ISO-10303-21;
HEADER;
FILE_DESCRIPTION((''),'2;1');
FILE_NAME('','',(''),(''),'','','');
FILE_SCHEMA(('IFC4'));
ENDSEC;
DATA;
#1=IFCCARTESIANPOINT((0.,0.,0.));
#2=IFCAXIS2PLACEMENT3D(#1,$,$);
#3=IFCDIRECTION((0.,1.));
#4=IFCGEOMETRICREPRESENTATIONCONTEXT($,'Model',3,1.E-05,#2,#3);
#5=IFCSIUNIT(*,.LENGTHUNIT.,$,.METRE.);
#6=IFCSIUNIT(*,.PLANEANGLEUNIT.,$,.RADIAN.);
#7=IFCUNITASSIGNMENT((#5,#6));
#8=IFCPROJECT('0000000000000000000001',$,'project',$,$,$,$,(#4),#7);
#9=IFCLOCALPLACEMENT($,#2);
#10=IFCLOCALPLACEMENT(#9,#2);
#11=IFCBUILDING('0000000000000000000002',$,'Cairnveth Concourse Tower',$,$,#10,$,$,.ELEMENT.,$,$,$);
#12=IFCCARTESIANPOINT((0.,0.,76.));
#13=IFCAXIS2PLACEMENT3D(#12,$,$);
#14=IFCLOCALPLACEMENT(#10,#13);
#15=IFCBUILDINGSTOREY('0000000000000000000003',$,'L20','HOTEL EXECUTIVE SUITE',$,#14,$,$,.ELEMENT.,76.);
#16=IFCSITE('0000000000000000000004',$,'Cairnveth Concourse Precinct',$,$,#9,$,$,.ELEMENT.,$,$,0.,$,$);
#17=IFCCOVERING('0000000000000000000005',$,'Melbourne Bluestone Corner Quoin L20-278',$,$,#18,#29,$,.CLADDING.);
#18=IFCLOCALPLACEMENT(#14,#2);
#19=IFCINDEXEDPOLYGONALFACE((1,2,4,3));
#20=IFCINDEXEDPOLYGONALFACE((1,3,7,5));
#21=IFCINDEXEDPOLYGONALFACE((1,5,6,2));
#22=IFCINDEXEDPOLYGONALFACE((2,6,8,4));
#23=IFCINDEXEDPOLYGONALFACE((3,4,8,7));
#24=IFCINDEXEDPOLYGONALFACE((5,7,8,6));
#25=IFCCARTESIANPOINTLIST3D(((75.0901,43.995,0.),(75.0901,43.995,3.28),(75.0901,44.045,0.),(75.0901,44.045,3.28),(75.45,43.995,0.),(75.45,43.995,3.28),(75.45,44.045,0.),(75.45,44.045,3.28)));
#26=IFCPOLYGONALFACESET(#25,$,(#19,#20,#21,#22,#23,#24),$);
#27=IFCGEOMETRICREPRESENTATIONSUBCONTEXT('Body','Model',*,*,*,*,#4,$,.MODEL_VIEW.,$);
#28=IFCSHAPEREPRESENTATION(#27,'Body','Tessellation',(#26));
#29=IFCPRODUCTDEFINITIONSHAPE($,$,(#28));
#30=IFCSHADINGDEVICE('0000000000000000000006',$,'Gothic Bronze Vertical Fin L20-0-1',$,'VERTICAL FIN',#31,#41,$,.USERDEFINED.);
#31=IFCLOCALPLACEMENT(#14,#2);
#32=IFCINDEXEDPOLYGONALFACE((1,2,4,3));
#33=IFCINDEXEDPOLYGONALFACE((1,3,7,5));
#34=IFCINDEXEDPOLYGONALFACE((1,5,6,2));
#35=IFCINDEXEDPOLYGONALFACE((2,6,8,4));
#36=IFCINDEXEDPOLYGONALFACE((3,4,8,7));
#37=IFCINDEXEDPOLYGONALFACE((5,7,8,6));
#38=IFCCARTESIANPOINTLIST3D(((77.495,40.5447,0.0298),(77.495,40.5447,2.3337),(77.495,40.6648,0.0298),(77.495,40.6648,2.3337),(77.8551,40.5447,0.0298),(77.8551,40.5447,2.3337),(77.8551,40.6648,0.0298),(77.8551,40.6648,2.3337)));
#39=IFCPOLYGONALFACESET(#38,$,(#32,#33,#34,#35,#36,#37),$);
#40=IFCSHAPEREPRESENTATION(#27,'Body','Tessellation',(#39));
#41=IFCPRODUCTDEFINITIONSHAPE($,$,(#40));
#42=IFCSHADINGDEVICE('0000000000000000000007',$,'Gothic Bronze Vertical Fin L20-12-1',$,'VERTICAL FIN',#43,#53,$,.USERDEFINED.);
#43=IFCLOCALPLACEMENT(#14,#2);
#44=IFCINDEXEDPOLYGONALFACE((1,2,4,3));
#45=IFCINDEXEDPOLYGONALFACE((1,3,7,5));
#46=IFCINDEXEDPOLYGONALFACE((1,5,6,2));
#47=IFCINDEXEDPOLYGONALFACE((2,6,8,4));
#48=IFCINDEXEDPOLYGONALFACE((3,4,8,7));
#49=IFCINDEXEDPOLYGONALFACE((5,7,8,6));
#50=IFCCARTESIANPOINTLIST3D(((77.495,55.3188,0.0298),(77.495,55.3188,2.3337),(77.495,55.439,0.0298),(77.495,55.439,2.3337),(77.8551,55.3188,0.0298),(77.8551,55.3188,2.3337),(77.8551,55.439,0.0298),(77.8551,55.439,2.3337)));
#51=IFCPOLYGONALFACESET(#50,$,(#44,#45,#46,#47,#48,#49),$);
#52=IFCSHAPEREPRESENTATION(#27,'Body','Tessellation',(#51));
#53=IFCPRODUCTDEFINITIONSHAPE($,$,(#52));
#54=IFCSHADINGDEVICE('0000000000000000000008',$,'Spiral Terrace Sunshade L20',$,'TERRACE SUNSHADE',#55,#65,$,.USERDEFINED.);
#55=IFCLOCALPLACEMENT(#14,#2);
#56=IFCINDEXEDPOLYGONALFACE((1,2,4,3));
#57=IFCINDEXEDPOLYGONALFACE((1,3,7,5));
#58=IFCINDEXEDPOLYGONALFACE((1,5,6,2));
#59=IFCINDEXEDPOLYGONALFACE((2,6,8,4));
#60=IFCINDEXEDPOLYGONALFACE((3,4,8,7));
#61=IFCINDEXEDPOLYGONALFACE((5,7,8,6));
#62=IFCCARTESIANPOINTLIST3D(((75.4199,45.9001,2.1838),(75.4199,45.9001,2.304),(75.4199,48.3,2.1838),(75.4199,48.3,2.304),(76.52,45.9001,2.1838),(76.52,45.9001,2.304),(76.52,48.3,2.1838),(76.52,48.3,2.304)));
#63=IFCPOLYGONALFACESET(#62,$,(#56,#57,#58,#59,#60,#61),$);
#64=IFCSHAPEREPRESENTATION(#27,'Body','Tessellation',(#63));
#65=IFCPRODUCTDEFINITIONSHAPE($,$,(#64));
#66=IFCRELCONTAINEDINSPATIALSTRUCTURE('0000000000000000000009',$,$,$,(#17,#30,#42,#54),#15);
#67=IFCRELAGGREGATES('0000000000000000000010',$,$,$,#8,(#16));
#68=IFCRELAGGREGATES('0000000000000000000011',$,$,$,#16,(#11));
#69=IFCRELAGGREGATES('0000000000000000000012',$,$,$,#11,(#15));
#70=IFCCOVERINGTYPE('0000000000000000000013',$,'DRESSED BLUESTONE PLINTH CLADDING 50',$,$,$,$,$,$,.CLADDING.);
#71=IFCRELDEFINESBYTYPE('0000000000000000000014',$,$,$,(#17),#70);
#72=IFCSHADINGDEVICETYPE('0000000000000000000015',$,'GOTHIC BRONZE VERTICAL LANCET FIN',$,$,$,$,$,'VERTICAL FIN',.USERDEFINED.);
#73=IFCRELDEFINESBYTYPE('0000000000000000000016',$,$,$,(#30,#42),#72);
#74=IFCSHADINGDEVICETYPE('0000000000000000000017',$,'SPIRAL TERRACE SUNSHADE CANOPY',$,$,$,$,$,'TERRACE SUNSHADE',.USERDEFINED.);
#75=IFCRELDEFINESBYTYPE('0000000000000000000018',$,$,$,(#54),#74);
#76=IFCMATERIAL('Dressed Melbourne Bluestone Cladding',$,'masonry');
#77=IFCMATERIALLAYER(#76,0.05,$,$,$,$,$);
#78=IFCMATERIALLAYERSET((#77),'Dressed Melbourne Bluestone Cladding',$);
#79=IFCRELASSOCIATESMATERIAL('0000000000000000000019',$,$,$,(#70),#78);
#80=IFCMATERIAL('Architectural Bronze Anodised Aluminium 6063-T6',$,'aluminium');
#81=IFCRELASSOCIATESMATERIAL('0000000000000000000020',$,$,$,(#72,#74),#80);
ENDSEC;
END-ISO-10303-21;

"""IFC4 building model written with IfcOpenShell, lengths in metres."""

from ifc_helpers import new_model, si_unit, direction, frame, frame_2d, origin, origin_2d, place, context, subcontext, project, spatial, rectangle, extrude, material, layer, layer_set, type_object, element, save


model = new_model("IFC4")

# Units and contexts
model_context = context("Model", 3, precision=1e-05, world=origin(), true_north=direction((0.0, 1.0)))
body_context = subcontext(model_context, "Body", "Model", "MODEL_VIEW")
ifc_project = project(units=[si_unit("LENGTHUNIT", "METRE"), si_unit("PLANEANGLEUNIT", "RADIAN")], contexts=[model_context])

# Site, building, storey
site_placement = place(None, origin())
site = spatial("IfcSite", under=ifc_project, at=site_placement, Name="Cairnveth Concourse Precinct", CompositionType="ELEMENT", RefElevation=0.0)
building_placement = place(site_placement, origin())
building = spatial("IfcBuilding", under=site, at=building_placement, Name="Cairnveth Concourse Tower", CompositionType="ELEMENT")
storey_placement = place(building_placement, frame((0.0, 0.0, 76.0)))
storey = spatial("IfcBuildingStorey", under=building, at=storey_placement, Name="L20", Description="HOTEL EXECUTIVE SUITE", CompositionType="ELEMENT", Elevation=76.0)

# Shared definitions
ifc_material_1 = material(Name="Dressed Melbourne Bluestone Cladding", Category="masonry")

# Shared definitions
ifc_material_2 = material(Name="Architectural Bronze Anodised Aluminium 6063-T6", Category="aluminium")

# Covering
ifc_layer_1 = layer(ifc_material_1, 0.05)
ifc_layer_set_1 = layer_set([ifc_layer_1], Name="Dressed Melbourne Bluestone Cladding")
covering_type = type_object("IfcCoveringType", Name="DRESSED BLUESTONE PLINTH CLADDING 50", PredefinedType="CLADDING", material=ifc_layer_set_1)
for number, where, z_axis, x_axis, name in (
    (1, (75.0901, 44.02, 0.0), (0.0, 0.0, 1.0), (1.0, 0.0, 0.0), "Melbourne Bluestone Corner Quoin L20-278"),
):
    element("IfcCovering", number, at=place(storey_placement, frame(where, z_axis=z_axis, x_axis=x_axis)), inside=storey, type_object=covering_type, Name=name, PredefinedType="CLADDING", context=body_context, shape_type="SweptSolid", body=[
        extrude(rectangle(XDim=0.3599, YDim=0.05, at=frame_2d((0.1799, 0.0))), origin(), (0.0, 0.0, 1.0), 3.28),
    ])

# Shading devices
shading_device_type_1 = type_object("IfcShadingDeviceType", Name="GOTHIC BRONZE VERTICAL LANCET FIN", ElementType="VERTICAL FIN", PredefinedType="USERDEFINED", material=ifc_material_2)
for number, where, z_axis, x_axis, name in (
    (2, (77.675, 40.6047, 0.0298), (0.0, 0.0, 1.0), (0.0, 1.0, 0.0), "Gothic Bronze Vertical Fin L20-0-1"),
    (3, (77.675, 55.3789, 0.0298), (0.0, 0.0, 1.0), (0.0, 1.0, 0.0), "Gothic Bronze Vertical Fin L20-12-1"),
):
    element("IfcShadingDevice", number, at=place(storey_placement, frame(where, z_axis=z_axis, x_axis=x_axis)), inside=storey, type_object=shading_device_type_1, Name=name, ObjectType="VERTICAL FIN", PredefinedType="USERDEFINED", context=body_context, shape_type="SweptSolid", body=[
        extrude(rectangle(XDim=0.1201, YDim=0.3601, at=origin_2d()), origin(), (0.0, 0.0, 1.0), 2.304),
    ])
shading_device_type_2 = type_object("IfcShadingDeviceType", Name="SPIRAL TERRACE SUNSHADE CANOPY", ElementType="TERRACE SUNSHADE", PredefinedType="USERDEFINED", material=ifc_material_2)
shading_device_placement = place(storey_placement, frame((75.97, 47.1001, 2.1838), z_axis=(0.0, 0.0, 1.0), x_axis=(1.0, 0.0, 0.0)))
element("IfcShadingDevice", 4, at=shading_device_placement, inside=storey, type_object=shading_device_type_2, Name="Spiral Terrace Sunshade L20", ObjectType="TERRACE SUNSHADE", PredefinedType="USERDEFINED", context=body_context, shape_type="SweptSolid", body=[
    extrude(rectangle(XDim=1.1001, YDim=2.3999, at=origin_2d()), origin(), (0.0, 0.0, 1.0), 0.1201),
])

save(model, "model.ifc")
